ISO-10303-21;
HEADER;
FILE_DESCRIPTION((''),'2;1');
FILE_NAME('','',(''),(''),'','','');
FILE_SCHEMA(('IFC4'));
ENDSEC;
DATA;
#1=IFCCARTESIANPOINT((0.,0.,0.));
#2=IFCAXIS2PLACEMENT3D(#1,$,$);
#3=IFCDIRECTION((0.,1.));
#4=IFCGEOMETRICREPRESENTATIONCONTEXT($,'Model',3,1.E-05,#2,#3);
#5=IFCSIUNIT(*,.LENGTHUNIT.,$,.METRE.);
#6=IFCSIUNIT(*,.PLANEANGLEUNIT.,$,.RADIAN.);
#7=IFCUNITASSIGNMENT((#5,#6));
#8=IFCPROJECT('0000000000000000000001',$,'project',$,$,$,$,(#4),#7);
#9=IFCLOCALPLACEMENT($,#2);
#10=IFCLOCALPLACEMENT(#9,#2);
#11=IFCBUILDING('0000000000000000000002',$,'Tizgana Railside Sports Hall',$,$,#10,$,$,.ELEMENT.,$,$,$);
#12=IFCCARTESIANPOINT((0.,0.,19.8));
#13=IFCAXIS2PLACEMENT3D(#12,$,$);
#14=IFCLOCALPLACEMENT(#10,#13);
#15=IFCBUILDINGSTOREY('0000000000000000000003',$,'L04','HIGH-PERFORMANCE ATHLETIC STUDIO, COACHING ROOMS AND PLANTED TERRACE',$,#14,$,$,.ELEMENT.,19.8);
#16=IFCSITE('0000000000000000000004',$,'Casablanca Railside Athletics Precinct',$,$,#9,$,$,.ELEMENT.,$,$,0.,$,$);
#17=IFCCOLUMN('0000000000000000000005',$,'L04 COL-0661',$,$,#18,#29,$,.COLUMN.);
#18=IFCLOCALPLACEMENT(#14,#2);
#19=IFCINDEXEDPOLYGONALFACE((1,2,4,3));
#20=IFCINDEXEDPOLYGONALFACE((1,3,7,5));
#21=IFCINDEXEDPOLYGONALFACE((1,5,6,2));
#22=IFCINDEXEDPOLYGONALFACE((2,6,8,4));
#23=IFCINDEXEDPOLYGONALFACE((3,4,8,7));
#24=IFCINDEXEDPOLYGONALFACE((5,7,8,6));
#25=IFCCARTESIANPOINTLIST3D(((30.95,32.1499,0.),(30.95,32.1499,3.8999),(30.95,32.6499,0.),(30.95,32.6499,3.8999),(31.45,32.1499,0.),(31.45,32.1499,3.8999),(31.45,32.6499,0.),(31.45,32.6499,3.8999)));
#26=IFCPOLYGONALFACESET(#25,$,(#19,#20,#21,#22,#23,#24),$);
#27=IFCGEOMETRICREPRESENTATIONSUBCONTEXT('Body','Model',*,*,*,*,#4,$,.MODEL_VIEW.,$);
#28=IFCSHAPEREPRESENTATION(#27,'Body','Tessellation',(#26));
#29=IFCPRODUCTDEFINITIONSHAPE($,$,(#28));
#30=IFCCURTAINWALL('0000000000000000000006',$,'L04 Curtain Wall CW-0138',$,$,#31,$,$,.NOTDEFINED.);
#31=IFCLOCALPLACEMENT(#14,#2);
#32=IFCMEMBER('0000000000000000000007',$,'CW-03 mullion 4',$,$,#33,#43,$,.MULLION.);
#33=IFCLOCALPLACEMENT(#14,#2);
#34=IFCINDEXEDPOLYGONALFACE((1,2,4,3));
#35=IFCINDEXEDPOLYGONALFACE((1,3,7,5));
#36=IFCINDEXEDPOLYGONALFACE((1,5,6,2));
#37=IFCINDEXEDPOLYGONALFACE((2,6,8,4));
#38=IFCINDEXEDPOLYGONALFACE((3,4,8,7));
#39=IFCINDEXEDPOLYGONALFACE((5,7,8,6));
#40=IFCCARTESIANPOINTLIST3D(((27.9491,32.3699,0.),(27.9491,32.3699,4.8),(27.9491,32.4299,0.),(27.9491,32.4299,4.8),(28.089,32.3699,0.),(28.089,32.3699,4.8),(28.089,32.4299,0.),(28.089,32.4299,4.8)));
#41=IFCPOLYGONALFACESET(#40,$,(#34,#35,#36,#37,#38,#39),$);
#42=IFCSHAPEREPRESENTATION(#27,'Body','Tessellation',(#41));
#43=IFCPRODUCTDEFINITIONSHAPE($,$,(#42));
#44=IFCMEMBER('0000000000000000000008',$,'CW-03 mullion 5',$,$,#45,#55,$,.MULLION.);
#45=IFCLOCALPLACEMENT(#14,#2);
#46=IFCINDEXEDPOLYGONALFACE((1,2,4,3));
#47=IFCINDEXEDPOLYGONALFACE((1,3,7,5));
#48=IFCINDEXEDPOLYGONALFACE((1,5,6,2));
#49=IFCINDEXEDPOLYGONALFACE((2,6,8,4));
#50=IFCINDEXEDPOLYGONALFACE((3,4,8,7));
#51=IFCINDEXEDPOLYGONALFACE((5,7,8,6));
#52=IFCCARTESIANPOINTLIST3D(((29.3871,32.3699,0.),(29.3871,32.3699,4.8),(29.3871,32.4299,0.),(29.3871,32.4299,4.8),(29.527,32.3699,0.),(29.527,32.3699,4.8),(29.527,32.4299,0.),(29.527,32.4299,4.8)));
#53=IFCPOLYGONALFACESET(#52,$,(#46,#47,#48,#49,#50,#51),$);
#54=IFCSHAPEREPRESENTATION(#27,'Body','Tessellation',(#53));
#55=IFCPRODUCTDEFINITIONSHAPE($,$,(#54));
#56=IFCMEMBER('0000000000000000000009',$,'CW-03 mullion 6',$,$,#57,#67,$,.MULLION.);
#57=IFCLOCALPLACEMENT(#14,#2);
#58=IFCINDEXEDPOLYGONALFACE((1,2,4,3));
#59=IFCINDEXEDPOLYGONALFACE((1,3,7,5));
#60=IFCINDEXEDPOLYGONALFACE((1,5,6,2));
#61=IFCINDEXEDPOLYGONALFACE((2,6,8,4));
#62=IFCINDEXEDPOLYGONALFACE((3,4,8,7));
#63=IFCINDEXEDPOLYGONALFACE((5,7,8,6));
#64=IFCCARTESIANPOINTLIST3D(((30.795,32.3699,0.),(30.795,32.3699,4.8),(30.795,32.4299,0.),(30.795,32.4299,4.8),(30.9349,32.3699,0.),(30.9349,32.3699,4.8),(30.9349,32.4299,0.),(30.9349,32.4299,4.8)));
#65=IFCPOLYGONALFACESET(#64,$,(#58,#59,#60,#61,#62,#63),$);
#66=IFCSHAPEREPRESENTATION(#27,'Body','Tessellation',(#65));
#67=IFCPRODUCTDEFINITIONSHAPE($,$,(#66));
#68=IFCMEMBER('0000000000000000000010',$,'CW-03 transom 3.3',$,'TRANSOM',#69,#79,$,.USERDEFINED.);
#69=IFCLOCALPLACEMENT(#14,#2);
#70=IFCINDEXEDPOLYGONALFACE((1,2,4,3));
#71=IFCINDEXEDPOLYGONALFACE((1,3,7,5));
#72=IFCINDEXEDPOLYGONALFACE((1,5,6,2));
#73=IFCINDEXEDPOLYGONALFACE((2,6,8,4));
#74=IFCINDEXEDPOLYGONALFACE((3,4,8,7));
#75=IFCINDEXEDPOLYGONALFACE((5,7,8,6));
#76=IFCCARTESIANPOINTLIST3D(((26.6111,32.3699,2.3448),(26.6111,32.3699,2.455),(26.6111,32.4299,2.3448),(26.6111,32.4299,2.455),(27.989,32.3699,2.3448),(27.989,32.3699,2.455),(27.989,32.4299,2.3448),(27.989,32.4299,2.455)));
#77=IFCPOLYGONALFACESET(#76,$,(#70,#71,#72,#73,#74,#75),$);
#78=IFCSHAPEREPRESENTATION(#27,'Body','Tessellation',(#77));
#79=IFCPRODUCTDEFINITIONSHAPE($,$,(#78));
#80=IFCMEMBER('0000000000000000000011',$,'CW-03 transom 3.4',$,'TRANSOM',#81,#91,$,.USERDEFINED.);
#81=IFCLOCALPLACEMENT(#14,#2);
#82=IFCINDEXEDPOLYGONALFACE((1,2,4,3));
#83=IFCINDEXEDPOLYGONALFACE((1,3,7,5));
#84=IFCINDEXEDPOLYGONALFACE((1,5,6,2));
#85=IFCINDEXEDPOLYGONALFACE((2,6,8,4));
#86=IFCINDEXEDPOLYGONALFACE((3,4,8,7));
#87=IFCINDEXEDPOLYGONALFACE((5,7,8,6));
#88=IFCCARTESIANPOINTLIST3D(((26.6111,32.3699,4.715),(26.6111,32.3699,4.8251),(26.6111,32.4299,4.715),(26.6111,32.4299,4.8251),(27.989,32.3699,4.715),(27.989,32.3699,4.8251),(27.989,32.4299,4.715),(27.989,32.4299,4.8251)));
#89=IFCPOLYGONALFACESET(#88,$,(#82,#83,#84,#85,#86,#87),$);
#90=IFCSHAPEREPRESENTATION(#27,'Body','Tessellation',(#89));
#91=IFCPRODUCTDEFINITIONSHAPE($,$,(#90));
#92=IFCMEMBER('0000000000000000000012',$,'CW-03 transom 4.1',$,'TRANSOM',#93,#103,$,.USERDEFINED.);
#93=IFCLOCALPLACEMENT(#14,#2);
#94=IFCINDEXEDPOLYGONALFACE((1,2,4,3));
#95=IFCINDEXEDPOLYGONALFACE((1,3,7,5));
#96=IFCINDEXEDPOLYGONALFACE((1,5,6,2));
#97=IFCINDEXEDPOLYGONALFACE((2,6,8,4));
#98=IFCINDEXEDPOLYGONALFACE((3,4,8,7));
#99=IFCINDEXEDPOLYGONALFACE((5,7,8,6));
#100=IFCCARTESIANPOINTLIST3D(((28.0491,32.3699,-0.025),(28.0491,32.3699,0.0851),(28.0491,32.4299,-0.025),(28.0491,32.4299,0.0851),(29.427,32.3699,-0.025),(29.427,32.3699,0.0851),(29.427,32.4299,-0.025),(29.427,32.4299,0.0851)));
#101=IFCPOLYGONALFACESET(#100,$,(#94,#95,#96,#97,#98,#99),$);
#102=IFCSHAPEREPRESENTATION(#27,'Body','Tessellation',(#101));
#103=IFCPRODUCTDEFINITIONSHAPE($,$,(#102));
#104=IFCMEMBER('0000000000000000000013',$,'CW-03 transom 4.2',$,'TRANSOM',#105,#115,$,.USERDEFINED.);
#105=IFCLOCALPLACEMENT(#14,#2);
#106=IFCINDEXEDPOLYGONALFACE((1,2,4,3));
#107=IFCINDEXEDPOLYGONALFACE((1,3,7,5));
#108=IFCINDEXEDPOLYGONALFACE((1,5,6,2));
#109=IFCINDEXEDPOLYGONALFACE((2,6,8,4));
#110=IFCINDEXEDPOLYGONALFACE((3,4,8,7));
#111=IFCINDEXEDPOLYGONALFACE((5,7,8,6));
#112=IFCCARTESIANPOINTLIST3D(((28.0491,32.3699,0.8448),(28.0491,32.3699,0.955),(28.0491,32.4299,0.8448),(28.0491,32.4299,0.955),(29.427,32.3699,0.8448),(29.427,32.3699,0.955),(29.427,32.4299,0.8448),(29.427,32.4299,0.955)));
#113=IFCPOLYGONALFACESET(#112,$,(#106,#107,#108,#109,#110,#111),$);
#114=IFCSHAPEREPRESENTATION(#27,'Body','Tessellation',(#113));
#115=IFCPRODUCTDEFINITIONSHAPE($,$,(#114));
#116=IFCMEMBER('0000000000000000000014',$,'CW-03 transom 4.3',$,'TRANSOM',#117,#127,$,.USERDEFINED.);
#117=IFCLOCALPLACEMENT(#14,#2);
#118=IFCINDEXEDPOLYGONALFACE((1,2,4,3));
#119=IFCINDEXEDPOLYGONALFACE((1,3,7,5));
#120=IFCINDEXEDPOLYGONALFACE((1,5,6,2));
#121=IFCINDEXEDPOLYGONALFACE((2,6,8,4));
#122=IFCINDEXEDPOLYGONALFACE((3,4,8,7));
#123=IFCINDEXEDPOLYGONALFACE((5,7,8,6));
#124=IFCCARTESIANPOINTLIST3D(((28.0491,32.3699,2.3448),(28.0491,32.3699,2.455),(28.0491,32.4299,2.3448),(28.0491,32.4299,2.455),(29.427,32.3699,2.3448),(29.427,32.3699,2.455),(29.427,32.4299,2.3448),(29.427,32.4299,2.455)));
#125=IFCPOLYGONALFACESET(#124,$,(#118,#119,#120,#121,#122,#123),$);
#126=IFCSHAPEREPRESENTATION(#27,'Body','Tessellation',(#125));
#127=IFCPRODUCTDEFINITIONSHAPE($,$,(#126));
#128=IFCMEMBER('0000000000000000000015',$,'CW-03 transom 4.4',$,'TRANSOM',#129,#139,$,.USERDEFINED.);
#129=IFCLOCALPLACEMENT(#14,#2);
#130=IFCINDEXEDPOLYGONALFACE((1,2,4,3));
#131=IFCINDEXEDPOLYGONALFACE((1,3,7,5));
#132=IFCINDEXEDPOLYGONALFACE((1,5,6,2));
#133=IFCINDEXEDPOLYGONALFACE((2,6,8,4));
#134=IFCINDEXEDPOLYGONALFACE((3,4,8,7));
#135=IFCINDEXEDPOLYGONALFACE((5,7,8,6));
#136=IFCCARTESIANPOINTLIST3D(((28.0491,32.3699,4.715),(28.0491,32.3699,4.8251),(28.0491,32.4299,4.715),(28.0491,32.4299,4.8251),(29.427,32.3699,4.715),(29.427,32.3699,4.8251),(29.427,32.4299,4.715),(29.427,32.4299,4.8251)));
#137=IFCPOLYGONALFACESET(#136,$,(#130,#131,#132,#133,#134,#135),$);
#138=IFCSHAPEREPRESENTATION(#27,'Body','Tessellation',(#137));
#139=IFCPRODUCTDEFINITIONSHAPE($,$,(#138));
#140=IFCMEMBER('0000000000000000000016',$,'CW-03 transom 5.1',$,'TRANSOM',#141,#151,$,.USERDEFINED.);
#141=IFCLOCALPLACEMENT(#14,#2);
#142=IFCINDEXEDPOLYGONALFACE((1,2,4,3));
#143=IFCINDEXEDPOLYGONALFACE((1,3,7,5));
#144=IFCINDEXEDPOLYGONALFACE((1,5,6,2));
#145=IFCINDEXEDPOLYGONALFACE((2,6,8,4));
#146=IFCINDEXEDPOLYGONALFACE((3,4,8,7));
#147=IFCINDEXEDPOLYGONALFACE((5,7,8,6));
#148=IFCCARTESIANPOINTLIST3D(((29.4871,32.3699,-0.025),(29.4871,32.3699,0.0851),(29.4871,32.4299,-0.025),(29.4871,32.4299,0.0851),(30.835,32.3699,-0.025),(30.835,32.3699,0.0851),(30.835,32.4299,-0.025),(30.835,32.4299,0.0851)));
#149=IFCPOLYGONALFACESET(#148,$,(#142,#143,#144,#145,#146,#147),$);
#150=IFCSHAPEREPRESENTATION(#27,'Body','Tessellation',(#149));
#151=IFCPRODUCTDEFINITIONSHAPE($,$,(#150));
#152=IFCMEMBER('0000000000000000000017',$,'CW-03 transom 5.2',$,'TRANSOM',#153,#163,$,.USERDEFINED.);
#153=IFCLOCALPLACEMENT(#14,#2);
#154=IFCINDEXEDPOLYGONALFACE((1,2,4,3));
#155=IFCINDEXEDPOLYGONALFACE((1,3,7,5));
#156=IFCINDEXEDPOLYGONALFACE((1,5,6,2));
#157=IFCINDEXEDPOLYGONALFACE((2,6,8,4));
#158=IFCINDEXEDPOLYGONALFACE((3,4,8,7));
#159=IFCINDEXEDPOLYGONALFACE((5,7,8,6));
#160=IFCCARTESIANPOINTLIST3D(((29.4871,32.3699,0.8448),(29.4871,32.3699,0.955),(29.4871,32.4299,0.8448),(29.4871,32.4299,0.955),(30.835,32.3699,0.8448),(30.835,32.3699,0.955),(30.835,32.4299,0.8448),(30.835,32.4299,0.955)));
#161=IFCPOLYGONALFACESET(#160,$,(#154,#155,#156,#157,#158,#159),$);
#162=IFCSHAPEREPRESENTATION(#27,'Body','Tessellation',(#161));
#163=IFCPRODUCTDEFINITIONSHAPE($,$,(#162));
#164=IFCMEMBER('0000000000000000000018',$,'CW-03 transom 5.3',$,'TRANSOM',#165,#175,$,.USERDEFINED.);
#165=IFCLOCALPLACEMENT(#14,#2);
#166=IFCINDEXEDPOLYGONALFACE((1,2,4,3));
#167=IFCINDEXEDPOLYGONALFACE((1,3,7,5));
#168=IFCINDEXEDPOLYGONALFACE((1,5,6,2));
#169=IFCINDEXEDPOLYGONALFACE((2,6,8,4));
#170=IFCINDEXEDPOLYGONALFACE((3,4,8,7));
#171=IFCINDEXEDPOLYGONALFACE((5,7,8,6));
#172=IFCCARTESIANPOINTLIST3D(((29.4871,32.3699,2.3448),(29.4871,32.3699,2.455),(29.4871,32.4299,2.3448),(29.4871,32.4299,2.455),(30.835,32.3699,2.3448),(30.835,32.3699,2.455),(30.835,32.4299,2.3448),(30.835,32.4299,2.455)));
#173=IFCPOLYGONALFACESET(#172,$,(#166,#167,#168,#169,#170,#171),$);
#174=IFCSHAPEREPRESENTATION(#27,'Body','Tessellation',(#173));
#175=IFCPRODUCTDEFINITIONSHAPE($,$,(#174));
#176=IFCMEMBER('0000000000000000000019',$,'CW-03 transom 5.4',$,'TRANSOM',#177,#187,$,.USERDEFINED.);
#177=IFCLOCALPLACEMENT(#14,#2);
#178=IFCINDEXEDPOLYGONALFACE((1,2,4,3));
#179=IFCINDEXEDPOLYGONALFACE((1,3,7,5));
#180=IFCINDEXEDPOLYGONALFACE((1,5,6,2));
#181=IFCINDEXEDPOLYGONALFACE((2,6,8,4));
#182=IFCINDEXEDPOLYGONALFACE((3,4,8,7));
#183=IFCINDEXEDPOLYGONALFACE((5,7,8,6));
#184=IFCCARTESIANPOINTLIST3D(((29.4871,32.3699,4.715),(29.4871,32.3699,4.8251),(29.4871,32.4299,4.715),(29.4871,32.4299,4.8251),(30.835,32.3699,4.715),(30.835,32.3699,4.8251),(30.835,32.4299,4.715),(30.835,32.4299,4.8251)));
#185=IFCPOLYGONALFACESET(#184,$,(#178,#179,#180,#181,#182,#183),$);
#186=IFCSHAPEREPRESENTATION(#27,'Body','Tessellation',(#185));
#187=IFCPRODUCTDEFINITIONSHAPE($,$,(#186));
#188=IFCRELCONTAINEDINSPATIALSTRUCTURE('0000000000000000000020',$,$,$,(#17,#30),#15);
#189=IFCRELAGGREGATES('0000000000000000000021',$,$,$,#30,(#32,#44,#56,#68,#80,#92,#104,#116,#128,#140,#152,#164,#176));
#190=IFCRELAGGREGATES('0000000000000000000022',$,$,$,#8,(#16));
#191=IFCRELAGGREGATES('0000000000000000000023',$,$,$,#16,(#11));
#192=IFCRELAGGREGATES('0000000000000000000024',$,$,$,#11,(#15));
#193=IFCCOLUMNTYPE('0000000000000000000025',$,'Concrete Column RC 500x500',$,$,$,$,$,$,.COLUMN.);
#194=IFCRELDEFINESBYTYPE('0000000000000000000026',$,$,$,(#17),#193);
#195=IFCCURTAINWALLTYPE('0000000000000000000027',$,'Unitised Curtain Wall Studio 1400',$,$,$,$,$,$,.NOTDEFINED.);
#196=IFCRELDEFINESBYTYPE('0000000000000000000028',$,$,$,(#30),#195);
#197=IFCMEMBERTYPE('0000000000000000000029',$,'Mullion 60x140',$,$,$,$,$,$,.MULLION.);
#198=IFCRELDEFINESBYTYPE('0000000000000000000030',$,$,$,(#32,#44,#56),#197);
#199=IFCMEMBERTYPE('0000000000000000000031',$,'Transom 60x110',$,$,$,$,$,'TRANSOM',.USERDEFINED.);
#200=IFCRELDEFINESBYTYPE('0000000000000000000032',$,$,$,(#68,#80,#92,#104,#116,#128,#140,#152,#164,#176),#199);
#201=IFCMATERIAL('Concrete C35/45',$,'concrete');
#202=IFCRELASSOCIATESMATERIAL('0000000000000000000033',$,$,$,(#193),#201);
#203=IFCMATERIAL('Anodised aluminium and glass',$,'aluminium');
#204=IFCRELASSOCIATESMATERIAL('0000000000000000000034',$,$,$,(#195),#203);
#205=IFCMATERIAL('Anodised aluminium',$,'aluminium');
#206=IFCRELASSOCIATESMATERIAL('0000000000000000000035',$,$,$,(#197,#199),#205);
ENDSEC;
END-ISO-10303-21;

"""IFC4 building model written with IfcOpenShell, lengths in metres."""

from ifc_helpers import new_model, si_unit, direction, frame, origin, origin_2d, place, context, subcontext, project, spatial, rectangle, extrude, material, material_profile, profile_set, type_object, element, aggregate, save


model = new_model("IFC4")

# Units and contexts
model_context = context("Model", 3, precision=1e-05, world=origin(), true_north=direction((0.0, 1.0)))
body_context = subcontext(model_context, "Body", "Model", "MODEL_VIEW")
ifc_project = project(units=[si_unit("LENGTHUNIT", "METRE"), si_unit("PLANEANGLEUNIT", "RADIAN")], contexts=[model_context])

# Site, building, storey
site_placement = place(None, origin())
site = spatial("IfcSite", under=ifc_project, at=site_placement, Name="Casablanca Railside Athletics Precinct", CompositionType="ELEMENT", RefElevation=0.0)
building_placement = place(site_placement, origin())
building = spatial("IfcBuilding", under=site, at=building_placement, Name="Tizgana Railside Sports Hall", CompositionType="ELEMENT")
storey_placement = place(building_placement, frame((0.0, 0.0, 19.8)))
storey = spatial("IfcBuildingStorey", under=building, at=storey_placement, Name="L04", Description="HIGH-PERFORMANCE ATHLETIC STUDIO, COACHING ROOMS AND PLANTED TERRACE", CompositionType="ELEMENT", Elevation=19.8)

# Column
ifc_material_1 = material(Name="Concrete C35/45", Category="concrete")
ifc_material_profile_1 = material_profile(ifc_material_1, rectangle(XDim=0.5, YDim=0.5, at=origin_2d()), Name="RC 500x500")
ifc_profile_set_1 = profile_set([ifc_material_profile_1], Name="Concrete C35/45")
column_type = type_object("IfcColumnType", Name="Concrete Column RC 500x500", PredefinedType="COLUMN", material=ifc_profile_set_1)
column_placement = place(storey_placement, frame((31.2, 32.3999, 0.0), z_axis=(0.0, 0.0, 1.0), x_axis=(1.0, 0.0, 0.0)))
element("IfcColumn", 1, at=column_placement, inside=storey, type_object=column_type, Name="L04 COL-0661", PredefinedType="COLUMN", context=body_context, shape_type="SweptSolid", body=[
    extrude(rectangle(XDim=0.5, YDim=0.5, at=origin_2d()), origin(), (0.0, 0.0, 1.0), 3.8999),
])

# Curtain wall, members
ifc_material_2 = material(Name="Anodised aluminium and glass", Category="aluminium")
curtain_wall_type = type_object("IfcCurtainWallType", Name="Unitised Curtain Wall Studio 1400", PredefinedType="NOTDEFINED", material=ifc_material_2)
curtain_wall_placement = place(storey_placement, origin())
curtain_wall = element("IfcCurtainWall", 2, at=curtain_wall_placement, inside=storey, type_object=curtain_wall_type, Name="L04 Curtain Wall CW-0138", PredefinedType="NOTDEFINED")
ifc_material_3 = material(Name="Anodised aluminium", Category="aluminium")
ifc_material_profile_2 = material_profile(ifc_material_3, rectangle(XDim=0.0601, YDim=0.1399, at=origin_2d()), Name="Mullion 60x140")
ifc_profile_set_2 = profile_set([ifc_material_profile_2], Name="Anodised aluminium")
member_type_1 = type_object("IfcMemberType", Name="Mullion 60x140", PredefinedType="MULLION", material=ifc_profile_set_2)
member_1_placement = place(storey_placement, frame((28.019, 32.3999, 0.0), z_axis=(0.0, 0.0, 1.0), x_axis=(0.0, 1.0, 0.0)))
member_1 = element("IfcMember", 3, at=member_1_placement, type_object=member_type_1, Name="CW-03 mullion 4", PredefinedType="MULLION", context=body_context, shape_type="SweptSolid", body=[
    extrude(rectangle(XDim=0.0601, YDim=0.1399, at=origin_2d()), origin(), (0.0, 0.0, 1.0), 4.8),
])
member_2_placement = place(storey_placement, frame((29.457, 32.3999, 0.0), z_axis=(0.0, 0.0, 1.0), x_axis=(0.0, 1.0, 0.0)))
member_2 = element("IfcMember", 4, at=member_2_placement, type_object=member_type_1, Name="CW-03 mullion 5", PredefinedType="MULLION", context=body_context, shape_type="SweptSolid", body=[
    extrude(rectangle(XDim=0.0601, YDim=0.1399, at=origin_2d()), origin(), (0.0, 0.0, 1.0), 4.8),
])
member_3_placement = place(storey_placement, frame((30.865, 32.3999, 0.0), z_axis=(0.0, 0.0, 1.0), x_axis=(0.0, 1.0, 0.0)))
member_3 = element("IfcMember", 5, at=member_3_placement, type_object=member_type_1, Name="CW-03 mullion 6", PredefinedType="MULLION", context=body_context, shape_type="SweptSolid", body=[
    extrude(rectangle(XDim=0.0601, YDim=0.1399, at=origin_2d()), origin(), (0.0, 0.0, 1.0), 4.8),
])
ifc_material_profile_3 = material_profile(ifc_material_3, rectangle(XDim=0.0601, YDim=0.1101, at=origin_2d()), Name="Transom 60x110")
ifc_profile_set_3 = profile_set([ifc_material_profile_3], Name="Anodised aluminium")
member_type_2 = type_object("IfcMemberType", Name="Transom 60x110", ElementType="TRANSOM", PredefinedType="USERDEFINED", material=ifc_profile_set_3)
member_4_placement = place(storey_placement, frame((26.6111, 32.3999, 2.3999), z_axis=(1.0, 0.0, 0.0), x_axis=(0.0, 1.0, 0.0)))
member_4 = element("IfcMember", 6, at=member_4_placement, type_object=member_type_2, Name="CW-03 transom 3.3", ObjectType="TRANSOM", PredefinedType="USERDEFINED", context=body_context, shape_type="SweptSolid", body=[
    extrude(rectangle(XDim=0.0601, YDim=0.1101, at=origin_2d()), origin(), (0.0, 0.0, 1.0), 1.3779),
])
member_5_placement = place(storey_placement, frame((26.6111, 32.3999, 4.77), z_axis=(1.0, 0.0, 0.0), x_axis=(0.0, 1.0, 0.0)))
member_5 = element("IfcMember", 7, at=member_5_placement, type_object=member_type_2, Name="CW-03 transom 3.4", ObjectType="TRANSOM", PredefinedType="USERDEFINED", context=body_context, shape_type="SweptSolid", body=[
    extrude(rectangle(XDim=0.0601, YDim=0.1101, at=origin_2d()), origin(), (0.0, 0.0, 1.0), 1.3779),
])
member_6_placement = place(storey_placement, frame((28.0491, 32.3999, 0.03), z_axis=(1.0, 0.0, 0.0), x_axis=(0.0, 1.0, 0.0)))
member_6 = element("IfcMember", 8, at=member_6_placement, type_object=member_type_2, Name="CW-03 transom 4.1", ObjectType="TRANSOM", PredefinedType="USERDEFINED", context=body_context, shape_type="SweptSolid", body=[
    extrude(rectangle(XDim=0.0601, YDim=0.1101, at=origin_2d()), origin(), (0.0, 0.0, 1.0), 1.3779),
])
member_7_placement = place(storey_placement, frame((28.0491, 32.3999, 0.8999), z_axis=(1.0, 0.0, 0.0), x_axis=(0.0, 1.0, 0.0)))
member_7 = element("IfcMember", 9, at=member_7_placement, type_object=member_type_2, Name="CW-03 transom 4.2", ObjectType="TRANSOM", PredefinedType="USERDEFINED", context=body_context, shape_type="SweptSolid", body=[
    extrude(rectangle(XDim=0.0601, YDim=0.1101, at=origin_2d()), origin(), (0.0, 0.0, 1.0), 1.3779),
])
member_8_placement = place(storey_placement, frame((28.0491, 32.3999, 2.3999), z_axis=(1.0, 0.0, 0.0), x_axis=(0.0, 1.0, 0.0)))
member_8 = element("IfcMember", 10, at=member_8_placement, type_object=member_type_2, Name="CW-03 transom 4.3", ObjectType="TRANSOM", PredefinedType="USERDEFINED", context=body_context, shape_type="SweptSolid", body=[
    extrude(rectangle(XDim=0.0601, YDim=0.1101, at=origin_2d()), origin(), (0.0, 0.0, 1.0), 1.3779),
])
member_9_placement = place(storey_placement, frame((28.0491, 32.3999, 4.77), z_axis=(1.0, 0.0, 0.0), x_axis=(0.0, 1.0, 0.0)))
member_9 = element("IfcMember", 11, at=member_9_placement, type_object=member_type_2, Name="CW-03 transom 4.4", ObjectType="TRANSOM", PredefinedType="USERDEFINED", context=body_context, shape_type="SweptSolid", body=[
    extrude(rectangle(XDim=0.0601, YDim=0.1101, at=origin_2d()), origin(), (0.0, 0.0, 1.0), 1.3779),
])
member_10_placement = place(storey_placement, frame((29.4871, 32.3999, 0.03), z_axis=(1.0, 0.0, 0.0), x_axis=(0.0, 1.0, 0.0)))
member_10 = element("IfcMember", 12, at=member_10_placement, type_object=member_type_2, Name="CW-03 transom 5.1", ObjectType="TRANSOM", PredefinedType="USERDEFINED", context=body_context, shape_type="SweptSolid", body=[
    extrude(rectangle(XDim=0.0601, YDim=0.1101, at=origin_2d()), origin(), (0.0, 0.0, 1.0), 1.3479),
])
member_11_placement = place(storey_placement, frame((29.4871, 32.3999, 0.8999), z_axis=(1.0, 0.0, 0.0), x_axis=(0.0, 1.0, 0.0)))
member_11 = element("IfcMember", 13, at=member_11_placement, type_object=member_type_2, Name="CW-03 transom 5.2", ObjectType="TRANSOM", PredefinedType="USERDEFINED", context=body_context, shape_type="SweptSolid", body=[
    extrude(rectangle(XDim=0.0601, YDim=0.1101, at=origin_2d()), origin(), (0.0, 0.0, 1.0), 1.3479),
])
member_12_placement = place(storey_placement, frame((29.4871, 32.3999, 2.3999), z_axis=(1.0, 0.0, 0.0), x_axis=(0.0, 1.0, 0.0)))
member_12 = element("IfcMember", 14, at=member_12_placement, type_object=member_type_2, Name="CW-03 transom 5.3", ObjectType="TRANSOM", PredefinedType="USERDEFINED", context=body_context, shape_type="SweptSolid", body=[
    extrude(rectangle(XDim=0.0601, YDim=0.1101, at=origin_2d()), origin(), (0.0, 0.0, 1.0), 1.3479),
])
member_13_placement = place(storey_placement, frame((29.4871, 32.3999, 4.77), z_axis=(1.0, 0.0, 0.0), x_axis=(0.0, 1.0, 0.0)))
member_13 = element("IfcMember", 15, at=member_13_placement, type_object=member_type_2, Name="CW-03 transom 5.4", ObjectType="TRANSOM", PredefinedType="USERDEFINED", context=body_context, shape_type="SweptSolid", body=[
    extrude(rectangle(XDim=0.0601, YDim=0.1101, at=origin_2d()), origin(), (0.0, 0.0, 1.0), 1.3479),
])
aggregate(curtain_wall, [member_1, member_2, member_3, member_4, member_5, member_6, member_7, member_8, member_9, member_10, member_11, member_12, member_13])

save(model, "model.ifc")
